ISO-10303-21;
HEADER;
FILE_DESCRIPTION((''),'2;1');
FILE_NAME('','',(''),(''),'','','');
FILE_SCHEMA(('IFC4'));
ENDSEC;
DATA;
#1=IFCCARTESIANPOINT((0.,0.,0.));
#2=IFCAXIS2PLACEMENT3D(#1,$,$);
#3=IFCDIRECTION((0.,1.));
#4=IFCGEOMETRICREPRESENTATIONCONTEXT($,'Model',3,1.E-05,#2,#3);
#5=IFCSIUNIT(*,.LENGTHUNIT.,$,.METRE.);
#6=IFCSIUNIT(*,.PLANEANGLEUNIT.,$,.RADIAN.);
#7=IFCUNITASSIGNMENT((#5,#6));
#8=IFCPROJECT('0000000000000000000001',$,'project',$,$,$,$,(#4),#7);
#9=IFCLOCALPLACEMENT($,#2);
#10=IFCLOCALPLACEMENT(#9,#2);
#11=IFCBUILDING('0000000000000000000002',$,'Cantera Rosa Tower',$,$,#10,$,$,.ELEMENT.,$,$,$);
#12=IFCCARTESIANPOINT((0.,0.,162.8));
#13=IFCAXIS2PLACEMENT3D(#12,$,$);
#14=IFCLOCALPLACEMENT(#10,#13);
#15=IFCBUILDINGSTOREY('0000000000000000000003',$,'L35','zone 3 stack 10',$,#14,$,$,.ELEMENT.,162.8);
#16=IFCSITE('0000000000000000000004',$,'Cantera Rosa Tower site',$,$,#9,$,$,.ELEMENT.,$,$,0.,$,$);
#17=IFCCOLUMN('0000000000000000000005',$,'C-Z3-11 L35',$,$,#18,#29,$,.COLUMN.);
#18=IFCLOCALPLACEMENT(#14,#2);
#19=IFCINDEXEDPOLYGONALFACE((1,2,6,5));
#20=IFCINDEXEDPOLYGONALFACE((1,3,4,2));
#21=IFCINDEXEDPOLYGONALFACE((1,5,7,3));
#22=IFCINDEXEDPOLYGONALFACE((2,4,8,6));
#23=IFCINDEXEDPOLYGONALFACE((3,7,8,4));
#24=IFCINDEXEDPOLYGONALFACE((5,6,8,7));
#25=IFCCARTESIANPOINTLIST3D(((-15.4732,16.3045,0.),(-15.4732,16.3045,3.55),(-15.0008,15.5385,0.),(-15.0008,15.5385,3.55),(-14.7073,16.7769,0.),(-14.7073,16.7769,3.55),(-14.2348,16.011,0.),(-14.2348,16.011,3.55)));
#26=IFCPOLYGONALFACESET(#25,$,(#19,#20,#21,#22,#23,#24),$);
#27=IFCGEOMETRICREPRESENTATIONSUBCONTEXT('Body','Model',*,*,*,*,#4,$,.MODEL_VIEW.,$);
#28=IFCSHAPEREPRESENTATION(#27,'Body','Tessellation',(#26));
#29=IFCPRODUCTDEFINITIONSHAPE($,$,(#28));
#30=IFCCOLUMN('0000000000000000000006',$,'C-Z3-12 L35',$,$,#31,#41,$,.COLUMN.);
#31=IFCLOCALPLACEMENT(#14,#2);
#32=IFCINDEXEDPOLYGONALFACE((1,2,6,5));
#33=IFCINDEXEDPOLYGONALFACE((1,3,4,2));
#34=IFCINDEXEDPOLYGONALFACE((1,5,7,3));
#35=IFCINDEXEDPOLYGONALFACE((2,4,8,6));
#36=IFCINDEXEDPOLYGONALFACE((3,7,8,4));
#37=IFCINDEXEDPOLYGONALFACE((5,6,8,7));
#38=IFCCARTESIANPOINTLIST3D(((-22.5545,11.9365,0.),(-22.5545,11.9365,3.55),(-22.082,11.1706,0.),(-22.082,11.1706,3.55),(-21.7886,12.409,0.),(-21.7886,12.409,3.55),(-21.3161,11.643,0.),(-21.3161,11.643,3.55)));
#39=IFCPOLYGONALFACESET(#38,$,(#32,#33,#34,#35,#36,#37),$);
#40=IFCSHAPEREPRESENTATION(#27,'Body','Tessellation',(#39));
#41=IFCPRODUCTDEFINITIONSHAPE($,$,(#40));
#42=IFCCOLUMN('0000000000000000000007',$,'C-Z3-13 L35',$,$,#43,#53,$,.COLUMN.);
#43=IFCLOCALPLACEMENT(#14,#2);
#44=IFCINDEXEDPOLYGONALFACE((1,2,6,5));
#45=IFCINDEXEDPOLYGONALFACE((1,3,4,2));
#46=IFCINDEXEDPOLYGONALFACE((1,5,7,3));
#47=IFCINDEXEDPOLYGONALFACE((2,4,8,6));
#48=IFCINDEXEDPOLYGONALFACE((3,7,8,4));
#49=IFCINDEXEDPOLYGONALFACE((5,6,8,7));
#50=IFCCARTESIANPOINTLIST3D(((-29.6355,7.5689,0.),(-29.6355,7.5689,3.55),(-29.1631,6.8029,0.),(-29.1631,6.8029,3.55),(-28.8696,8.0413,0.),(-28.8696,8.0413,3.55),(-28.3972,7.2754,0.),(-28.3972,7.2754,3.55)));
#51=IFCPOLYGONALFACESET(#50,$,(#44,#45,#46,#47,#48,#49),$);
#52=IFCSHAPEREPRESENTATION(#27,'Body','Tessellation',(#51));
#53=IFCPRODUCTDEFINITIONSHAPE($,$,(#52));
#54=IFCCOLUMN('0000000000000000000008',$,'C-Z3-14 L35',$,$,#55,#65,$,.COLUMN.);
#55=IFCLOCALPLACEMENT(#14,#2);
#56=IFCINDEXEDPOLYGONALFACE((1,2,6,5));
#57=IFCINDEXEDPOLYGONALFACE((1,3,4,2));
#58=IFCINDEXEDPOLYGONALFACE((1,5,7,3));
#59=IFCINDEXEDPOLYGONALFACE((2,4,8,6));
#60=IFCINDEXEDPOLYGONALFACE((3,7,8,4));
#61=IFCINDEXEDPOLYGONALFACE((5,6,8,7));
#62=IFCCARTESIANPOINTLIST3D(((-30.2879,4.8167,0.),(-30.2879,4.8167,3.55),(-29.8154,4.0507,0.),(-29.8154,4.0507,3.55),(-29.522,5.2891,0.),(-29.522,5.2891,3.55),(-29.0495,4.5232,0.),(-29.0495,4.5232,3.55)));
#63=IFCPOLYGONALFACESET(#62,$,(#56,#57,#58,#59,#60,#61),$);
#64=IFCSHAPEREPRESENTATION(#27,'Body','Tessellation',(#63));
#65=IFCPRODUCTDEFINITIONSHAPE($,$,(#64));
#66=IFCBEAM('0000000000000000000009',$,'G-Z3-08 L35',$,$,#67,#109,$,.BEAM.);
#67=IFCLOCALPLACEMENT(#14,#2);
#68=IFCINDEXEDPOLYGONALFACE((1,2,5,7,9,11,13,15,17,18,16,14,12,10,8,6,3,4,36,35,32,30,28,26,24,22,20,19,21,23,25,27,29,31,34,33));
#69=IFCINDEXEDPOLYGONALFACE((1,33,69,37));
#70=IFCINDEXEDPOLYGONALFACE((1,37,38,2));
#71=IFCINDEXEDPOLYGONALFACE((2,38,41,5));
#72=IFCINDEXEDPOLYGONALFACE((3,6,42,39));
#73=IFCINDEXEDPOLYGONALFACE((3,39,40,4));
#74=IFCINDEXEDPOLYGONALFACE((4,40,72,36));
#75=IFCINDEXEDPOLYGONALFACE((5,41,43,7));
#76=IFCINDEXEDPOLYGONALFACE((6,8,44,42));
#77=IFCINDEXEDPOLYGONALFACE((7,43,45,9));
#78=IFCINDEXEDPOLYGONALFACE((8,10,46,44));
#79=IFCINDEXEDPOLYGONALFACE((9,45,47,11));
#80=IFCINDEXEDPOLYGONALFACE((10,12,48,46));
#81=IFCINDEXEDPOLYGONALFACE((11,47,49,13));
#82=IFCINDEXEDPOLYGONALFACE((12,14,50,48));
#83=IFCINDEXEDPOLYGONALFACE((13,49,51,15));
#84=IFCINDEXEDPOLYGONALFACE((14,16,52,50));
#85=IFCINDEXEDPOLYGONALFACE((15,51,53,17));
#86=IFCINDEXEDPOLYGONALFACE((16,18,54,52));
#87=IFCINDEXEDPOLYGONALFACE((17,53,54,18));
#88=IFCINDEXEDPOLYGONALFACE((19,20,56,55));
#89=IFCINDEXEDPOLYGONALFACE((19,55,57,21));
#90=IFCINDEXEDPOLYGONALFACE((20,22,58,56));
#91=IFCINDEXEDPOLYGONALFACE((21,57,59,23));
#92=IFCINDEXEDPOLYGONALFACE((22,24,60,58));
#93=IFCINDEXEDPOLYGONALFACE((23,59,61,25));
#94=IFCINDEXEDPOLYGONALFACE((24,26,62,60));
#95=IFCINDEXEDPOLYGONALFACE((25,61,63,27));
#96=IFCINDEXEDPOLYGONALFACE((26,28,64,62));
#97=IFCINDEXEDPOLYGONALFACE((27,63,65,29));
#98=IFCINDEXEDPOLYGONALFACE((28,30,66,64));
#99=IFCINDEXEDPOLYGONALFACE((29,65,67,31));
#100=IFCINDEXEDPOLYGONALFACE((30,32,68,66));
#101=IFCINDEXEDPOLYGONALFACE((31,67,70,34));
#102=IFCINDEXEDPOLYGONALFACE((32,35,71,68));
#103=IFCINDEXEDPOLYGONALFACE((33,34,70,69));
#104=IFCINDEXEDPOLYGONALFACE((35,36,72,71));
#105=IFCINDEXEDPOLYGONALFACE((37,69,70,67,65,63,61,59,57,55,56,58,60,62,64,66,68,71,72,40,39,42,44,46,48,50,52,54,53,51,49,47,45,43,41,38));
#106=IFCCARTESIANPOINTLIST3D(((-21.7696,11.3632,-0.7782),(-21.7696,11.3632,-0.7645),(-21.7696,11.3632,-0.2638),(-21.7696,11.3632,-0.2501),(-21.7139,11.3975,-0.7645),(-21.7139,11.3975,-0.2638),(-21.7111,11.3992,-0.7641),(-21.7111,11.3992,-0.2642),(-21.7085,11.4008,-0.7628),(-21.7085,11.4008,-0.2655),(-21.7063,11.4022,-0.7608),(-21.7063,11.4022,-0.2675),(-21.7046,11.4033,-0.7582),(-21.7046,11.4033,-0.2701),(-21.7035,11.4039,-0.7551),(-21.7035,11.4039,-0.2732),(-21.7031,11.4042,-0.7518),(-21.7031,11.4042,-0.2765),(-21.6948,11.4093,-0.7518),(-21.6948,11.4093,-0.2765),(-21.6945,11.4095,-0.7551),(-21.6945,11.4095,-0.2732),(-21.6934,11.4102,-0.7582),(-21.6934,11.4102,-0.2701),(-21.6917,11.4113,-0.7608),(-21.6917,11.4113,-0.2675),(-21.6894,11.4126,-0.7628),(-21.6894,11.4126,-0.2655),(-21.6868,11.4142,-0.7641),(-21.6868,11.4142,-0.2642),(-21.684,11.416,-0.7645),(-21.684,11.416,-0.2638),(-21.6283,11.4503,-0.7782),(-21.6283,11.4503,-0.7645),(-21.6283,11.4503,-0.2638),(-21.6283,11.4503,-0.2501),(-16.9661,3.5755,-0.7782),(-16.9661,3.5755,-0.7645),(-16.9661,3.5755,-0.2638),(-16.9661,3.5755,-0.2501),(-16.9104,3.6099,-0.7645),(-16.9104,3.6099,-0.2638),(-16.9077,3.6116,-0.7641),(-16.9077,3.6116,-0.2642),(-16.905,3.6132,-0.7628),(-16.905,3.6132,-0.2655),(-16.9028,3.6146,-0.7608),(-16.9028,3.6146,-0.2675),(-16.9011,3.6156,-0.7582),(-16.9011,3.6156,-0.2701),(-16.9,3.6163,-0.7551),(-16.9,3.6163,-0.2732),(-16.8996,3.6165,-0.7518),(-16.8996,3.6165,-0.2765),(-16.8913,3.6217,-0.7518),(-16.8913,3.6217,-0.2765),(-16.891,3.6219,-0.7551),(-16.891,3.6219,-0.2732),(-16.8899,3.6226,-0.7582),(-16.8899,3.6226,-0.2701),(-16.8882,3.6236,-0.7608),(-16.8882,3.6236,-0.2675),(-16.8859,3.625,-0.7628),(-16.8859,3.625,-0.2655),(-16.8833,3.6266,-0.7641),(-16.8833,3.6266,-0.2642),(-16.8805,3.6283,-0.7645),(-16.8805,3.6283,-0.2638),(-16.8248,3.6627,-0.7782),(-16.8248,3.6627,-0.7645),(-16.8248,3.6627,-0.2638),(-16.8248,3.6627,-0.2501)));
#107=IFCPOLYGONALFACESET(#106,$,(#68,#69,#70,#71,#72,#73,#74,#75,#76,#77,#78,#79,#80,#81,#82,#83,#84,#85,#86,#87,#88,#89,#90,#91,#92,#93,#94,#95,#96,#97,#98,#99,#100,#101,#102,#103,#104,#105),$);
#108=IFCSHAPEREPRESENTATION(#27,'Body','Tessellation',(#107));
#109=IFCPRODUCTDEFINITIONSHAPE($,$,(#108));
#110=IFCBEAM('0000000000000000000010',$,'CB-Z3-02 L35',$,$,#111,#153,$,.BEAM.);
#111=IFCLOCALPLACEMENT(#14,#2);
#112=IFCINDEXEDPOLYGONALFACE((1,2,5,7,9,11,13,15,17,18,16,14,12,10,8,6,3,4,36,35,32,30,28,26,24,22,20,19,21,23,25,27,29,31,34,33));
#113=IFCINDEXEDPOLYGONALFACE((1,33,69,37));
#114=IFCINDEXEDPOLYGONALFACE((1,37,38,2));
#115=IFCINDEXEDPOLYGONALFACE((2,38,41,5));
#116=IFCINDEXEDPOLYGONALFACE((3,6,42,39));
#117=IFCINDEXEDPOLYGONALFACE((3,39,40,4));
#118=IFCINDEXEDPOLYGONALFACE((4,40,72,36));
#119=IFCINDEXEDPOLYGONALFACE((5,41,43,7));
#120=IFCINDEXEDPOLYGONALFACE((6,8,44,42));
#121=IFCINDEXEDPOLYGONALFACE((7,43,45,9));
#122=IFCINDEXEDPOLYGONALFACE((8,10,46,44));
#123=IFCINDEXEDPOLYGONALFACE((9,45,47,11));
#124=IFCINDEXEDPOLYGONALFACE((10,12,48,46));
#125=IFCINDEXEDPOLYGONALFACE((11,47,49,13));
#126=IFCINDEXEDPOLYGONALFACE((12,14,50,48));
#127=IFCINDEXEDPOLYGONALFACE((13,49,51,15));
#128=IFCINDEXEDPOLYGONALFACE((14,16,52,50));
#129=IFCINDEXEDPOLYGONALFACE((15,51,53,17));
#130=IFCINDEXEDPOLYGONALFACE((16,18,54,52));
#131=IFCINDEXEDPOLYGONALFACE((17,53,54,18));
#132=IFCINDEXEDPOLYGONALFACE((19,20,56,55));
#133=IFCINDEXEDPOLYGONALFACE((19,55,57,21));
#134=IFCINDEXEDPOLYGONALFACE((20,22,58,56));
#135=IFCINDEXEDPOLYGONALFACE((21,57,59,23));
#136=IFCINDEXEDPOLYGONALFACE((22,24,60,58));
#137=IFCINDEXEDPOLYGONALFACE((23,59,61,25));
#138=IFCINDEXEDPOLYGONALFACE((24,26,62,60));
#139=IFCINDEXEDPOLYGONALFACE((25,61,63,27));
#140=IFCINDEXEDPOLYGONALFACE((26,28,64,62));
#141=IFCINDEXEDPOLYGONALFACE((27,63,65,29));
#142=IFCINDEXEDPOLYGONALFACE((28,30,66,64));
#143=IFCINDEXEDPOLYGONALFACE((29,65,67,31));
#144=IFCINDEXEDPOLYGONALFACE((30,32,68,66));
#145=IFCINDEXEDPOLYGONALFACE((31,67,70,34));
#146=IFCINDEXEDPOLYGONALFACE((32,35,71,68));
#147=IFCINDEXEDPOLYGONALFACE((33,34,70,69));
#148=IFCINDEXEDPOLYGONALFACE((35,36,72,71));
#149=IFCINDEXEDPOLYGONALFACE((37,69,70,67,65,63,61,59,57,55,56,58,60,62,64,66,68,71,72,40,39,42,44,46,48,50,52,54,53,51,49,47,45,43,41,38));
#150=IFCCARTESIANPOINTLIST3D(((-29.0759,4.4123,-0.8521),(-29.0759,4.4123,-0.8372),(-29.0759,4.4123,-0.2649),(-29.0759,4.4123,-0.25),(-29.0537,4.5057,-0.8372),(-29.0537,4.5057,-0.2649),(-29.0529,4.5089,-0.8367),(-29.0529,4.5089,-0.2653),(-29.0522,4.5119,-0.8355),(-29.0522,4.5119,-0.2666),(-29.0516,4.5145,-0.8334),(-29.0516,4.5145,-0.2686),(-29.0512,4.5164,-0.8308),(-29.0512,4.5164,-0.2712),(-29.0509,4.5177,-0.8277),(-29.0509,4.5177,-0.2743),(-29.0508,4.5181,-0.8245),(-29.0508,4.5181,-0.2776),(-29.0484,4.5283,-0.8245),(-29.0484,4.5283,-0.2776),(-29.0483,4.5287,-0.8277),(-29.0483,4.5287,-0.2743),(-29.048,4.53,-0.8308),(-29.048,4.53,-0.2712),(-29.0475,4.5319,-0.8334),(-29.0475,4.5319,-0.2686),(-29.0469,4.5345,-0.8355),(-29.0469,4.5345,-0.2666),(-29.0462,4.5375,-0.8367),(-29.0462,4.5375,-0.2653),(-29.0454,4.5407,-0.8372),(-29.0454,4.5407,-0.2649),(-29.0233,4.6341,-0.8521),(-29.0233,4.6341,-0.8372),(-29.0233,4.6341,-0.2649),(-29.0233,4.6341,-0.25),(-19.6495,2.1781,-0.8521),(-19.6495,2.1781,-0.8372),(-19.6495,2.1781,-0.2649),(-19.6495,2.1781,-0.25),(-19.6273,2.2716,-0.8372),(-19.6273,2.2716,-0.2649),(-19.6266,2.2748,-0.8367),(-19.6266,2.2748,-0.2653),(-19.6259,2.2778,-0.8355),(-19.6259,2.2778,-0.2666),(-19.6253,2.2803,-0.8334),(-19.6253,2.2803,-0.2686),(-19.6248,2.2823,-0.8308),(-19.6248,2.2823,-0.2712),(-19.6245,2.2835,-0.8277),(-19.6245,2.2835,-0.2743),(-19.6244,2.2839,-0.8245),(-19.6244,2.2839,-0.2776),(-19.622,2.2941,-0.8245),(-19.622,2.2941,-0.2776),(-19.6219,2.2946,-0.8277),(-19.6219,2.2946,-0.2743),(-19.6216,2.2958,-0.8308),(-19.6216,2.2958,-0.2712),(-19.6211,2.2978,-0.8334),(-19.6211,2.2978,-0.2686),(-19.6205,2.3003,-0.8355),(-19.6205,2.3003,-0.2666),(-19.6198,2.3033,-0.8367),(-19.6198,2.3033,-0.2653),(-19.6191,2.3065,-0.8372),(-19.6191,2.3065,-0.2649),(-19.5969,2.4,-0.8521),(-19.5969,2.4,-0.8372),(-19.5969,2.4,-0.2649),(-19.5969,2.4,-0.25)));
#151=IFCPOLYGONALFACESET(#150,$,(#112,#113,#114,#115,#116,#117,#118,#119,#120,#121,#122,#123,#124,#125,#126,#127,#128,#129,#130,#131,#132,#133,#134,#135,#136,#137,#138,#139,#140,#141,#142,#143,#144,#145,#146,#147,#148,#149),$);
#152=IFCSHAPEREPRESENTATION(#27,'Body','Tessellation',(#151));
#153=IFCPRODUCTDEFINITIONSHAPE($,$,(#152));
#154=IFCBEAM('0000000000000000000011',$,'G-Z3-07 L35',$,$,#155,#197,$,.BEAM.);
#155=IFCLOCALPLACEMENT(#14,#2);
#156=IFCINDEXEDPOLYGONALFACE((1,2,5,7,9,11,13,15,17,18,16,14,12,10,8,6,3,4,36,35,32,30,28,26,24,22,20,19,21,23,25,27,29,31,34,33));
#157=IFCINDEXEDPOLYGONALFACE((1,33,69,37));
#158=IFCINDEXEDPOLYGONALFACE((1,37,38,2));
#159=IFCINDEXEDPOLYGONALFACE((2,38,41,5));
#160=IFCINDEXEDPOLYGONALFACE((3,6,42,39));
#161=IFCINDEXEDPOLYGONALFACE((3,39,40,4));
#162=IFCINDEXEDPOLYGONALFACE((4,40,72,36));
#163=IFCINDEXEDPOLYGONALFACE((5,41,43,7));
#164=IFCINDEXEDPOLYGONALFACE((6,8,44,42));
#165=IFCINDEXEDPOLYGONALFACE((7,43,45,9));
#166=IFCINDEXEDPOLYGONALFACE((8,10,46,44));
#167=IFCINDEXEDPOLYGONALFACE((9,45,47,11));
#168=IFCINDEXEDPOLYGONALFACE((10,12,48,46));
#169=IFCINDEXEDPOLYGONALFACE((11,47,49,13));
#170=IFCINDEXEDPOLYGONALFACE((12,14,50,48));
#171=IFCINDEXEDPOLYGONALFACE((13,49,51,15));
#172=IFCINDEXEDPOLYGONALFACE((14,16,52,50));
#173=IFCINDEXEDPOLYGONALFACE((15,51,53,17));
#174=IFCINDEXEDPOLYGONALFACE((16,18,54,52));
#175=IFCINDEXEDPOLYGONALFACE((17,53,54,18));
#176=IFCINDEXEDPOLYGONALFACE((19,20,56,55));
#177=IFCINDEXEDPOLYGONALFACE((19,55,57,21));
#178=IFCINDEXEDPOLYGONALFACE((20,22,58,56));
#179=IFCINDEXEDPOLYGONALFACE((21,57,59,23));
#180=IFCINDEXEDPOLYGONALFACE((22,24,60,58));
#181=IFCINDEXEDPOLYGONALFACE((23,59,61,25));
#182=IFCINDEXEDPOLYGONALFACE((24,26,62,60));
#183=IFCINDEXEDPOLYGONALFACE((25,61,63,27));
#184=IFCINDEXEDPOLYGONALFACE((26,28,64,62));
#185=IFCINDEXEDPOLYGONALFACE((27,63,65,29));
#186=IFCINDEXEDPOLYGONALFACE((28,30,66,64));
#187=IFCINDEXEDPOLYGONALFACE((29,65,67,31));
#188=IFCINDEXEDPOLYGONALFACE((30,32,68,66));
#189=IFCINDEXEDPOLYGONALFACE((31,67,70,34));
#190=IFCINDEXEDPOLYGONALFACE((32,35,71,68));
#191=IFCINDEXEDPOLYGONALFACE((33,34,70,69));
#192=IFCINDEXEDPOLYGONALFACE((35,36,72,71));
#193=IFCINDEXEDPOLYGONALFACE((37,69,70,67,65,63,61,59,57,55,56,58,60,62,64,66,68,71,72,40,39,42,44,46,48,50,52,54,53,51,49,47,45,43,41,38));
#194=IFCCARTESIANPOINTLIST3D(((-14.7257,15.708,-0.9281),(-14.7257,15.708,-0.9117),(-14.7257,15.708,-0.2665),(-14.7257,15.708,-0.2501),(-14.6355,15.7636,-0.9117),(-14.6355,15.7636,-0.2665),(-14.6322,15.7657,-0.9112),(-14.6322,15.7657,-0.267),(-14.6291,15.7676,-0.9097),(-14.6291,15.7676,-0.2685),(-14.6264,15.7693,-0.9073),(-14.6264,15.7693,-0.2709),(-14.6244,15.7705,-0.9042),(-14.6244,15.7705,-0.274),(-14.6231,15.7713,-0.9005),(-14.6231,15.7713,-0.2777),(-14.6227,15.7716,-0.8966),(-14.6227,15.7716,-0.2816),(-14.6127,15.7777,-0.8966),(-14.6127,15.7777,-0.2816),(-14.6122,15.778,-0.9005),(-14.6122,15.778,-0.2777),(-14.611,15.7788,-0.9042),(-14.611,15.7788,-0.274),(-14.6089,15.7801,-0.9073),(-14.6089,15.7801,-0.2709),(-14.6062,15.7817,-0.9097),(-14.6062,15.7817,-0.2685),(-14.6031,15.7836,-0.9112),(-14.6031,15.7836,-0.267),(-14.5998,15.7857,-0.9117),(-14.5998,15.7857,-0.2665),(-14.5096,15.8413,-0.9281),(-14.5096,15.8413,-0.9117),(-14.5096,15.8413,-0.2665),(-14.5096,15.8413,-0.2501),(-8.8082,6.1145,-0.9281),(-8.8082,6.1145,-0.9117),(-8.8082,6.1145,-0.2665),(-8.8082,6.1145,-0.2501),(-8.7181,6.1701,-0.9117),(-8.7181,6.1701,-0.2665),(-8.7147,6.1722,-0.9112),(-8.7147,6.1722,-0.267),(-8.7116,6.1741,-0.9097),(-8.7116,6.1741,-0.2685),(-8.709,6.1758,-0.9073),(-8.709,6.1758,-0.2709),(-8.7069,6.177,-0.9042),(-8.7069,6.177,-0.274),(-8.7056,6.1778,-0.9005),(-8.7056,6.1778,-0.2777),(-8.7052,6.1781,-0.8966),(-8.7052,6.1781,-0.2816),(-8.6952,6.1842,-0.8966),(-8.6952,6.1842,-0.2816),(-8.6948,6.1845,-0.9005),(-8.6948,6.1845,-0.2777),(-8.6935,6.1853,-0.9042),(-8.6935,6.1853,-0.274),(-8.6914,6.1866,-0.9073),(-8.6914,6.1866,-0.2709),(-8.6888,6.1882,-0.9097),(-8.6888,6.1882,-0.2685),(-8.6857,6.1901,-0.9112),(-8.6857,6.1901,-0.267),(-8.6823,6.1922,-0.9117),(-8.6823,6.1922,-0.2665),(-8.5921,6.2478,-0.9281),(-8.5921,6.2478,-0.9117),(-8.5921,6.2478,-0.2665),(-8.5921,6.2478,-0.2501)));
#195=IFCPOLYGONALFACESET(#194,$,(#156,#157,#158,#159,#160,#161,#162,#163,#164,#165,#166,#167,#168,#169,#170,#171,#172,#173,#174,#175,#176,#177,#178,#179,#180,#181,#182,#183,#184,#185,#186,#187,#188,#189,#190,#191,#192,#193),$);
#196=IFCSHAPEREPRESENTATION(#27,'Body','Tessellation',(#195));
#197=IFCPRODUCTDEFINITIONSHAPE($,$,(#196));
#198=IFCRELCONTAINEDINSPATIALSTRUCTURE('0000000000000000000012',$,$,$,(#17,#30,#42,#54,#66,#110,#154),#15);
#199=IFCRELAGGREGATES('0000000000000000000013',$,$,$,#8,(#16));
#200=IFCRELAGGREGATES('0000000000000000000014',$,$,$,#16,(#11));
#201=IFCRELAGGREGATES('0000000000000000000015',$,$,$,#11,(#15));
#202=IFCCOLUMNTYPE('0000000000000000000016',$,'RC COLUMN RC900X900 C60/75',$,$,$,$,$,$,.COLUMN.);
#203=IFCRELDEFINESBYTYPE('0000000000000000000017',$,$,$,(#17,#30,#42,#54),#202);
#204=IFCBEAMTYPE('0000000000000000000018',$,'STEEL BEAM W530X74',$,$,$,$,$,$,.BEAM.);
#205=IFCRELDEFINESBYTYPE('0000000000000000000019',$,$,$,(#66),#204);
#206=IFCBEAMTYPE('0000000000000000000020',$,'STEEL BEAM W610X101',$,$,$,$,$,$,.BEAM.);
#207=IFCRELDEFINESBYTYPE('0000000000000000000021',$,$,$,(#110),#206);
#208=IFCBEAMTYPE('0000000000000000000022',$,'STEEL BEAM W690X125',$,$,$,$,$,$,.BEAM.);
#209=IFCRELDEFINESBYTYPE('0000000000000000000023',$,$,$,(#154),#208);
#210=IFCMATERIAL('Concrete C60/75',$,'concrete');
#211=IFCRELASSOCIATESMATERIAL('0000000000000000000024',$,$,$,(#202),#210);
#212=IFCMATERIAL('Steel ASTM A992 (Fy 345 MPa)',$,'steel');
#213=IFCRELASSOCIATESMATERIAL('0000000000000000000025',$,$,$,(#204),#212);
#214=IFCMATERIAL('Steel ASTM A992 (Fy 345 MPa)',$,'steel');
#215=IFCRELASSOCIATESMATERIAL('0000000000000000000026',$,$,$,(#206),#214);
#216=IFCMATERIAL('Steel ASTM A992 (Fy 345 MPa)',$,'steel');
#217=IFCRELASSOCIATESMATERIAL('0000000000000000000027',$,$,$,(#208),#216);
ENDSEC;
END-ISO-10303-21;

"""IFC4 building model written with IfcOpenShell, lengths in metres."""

from ifc_helpers import new_model, si_unit, direction, frame, origin, origin_2d, place, context, subcontext, project, spatial, rectangle, i_section, extrude, material, material_profile, profile_set, type_object, element, save


model = new_model("IFC4")

# Units and contexts
model_context = context("Model", 3, precision=1e-05, world=origin(), true_north=direction((0.0, 1.0)))
body_context = subcontext(model_context, "Body", "Model", "MODEL_VIEW")
ifc_project = project(units=[si_unit("LENGTHUNIT", "METRE"), si_unit("PLANEANGLEUNIT", "RADIAN")], contexts=[model_context])

# Site, building, storey
site_placement = place(None, origin())
site = spatial("IfcSite", under=ifc_project, at=site_placement, Name="Cantera Rosa Tower site", CompositionType="ELEMENT", RefElevation=0.0)
building_placement = place(site_placement, origin())
building = spatial("IfcBuilding", under=site, at=building_placement, Name="Cantera Rosa Tower", CompositionType="ELEMENT")
storey_placement = place(building_placement, frame((0.0, 0.0, 162.8)))
storey = spatial("IfcBuildingStorey", under=building, at=storey_placement, Name="L35", Description="zone 3 stack 10", CompositionType="ELEMENT", Elevation=162.8)

# Columns
ifc_material_1 = material(Name="Concrete C60/75", Category="concrete")
ifc_material_profile_1 = material_profile(ifc_material_1, rectangle(XDim=0.8999, YDim=0.8999, at=origin_2d()), Name="RC COLUMN RC900X900 C60/75")
ifc_profile_set_1 = profile_set([ifc_material_profile_1], Name="Concrete C60/75")
column_type = type_object("IfcColumnType", Name="RC COLUMN RC900X900 C60/75", PredefinedType="COLUMN", material=ifc_profile_set_1)
for number, where, z_axis, x_axis, name in (
    (1, (-14.854, 16.1577, 0.0), (0.0, 0.0, 1.0), (0.851117, 0.524977, 0.0), "C-Z3-11 L35"),
    (2, (-21.9353, 11.7898, 0.0), (0.0, 0.0, 1.0), (0.851117, 0.524977, 0.0), "C-Z3-12 L35"),
    (3, (-29.0164, 7.4221, 0.0), (0.0, 0.0, 1.0), (0.851117, 0.524977, 0.0), "C-Z3-13 L35"),
    (4, (-29.6687, 4.6699, 0.0), (0.0, 0.0, 1.0), (0.851117, 0.524977, 0.0), "C-Z3-14 L35"),
):
    element("IfcColumn", number, at=place(storey_placement, frame(where, z_axis=z_axis, x_axis=x_axis)), inside=storey, type_object=column_type, Name=name, PredefinedType="COLUMN", context=body_context, shape_type="SweptSolid", body=[
        extrude(rectangle(XDim=0.8999, YDim=0.8999, at=origin_2d()), origin(), (0.0, 0.0, 1.0), 3.55),
    ])

# Beams
ifc_material_2 = material(Name="Steel ASTM A992 (Fy 345 MPa)", Category="steel")
ifc_material_profile_2 = material_profile(ifc_material_2, i_section(OverallWidth=0.166, OverallDepth=0.5281, WebThickness=0.0098, FlangeThickness=0.0137, FilletRadius=0.0127, at=origin_2d()), Name="W530X74")
ifc_profile_set_2 = profile_set([ifc_material_profile_2], Name="Steel ASTM A992 (Fy 345 MPa)")
beam_type_1 = type_object("IfcBeamType", Name="STEEL BEAM W530X74", PredefinedType="BEAM", material=ifc_profile_set_2)
beam_1_placement = place(storey_placement, frame((-21.699, 11.4067, -0.5142), z_axis=(0.524977, -0.851116, 0.0), x_axis=(0.851116, 0.524977, 0.0)))
element("IfcBeam", 5, at=beam_1_placement, inside=storey, type_object=beam_type_1, Name="G-Z3-08 L35", PredefinedType="BEAM", context=body_context, shape_type="SweptSolid", body=[
    extrude(i_section(OverallWidth=0.166, OverallDepth=0.5281, WebThickness=0.0098, FlangeThickness=0.0137, FilletRadius=0.0127, at=origin_2d()), origin(), (0.0, 0.0, 1.0), 9.1499),
])
ifc_material_3 = material(Name="Steel ASTM A992 (Fy 345 MPa)", Category="steel")
ifc_material_profile_3 = material_profile(ifc_material_3, i_section(OverallWidth=0.228, OverallDepth=0.6021, WebThickness=0.0105, FlangeThickness=0.0149, FilletRadius=0.0127, at=origin_2d()), Name="W610X101")
ifc_profile_set_3 = profile_set([ifc_material_profile_3], Name="Steel ASTM A992 (Fy 345 MPa)")
beam_type_2 = type_object("IfcBeamType", Name="STEEL BEAM W610X101", PredefinedType="BEAM", material=ifc_profile_set_3)
beam_2_placement = place(storey_placement, frame((-29.0496, 4.5232, -0.551), z_axis=(0.973043, -0.230622, 0.0), x_axis=(0.230622, 0.973043, 0.0)))
element("IfcBeam", 6, at=beam_2_placement, inside=storey, type_object=beam_type_2, Name="CB-Z3-02 L35", PredefinedType="BEAM", context=body_context, shape_type="SweptSolid", body=[
    extrude(i_section(OverallWidth=0.228, OverallDepth=0.6021, WebThickness=0.0105, FlangeThickness=0.0149, FilletRadius=0.0127, at=origin_2d()), origin(), (0.0, 0.0, 1.0), 9.6875),
])
ifc_material_4 = material(Name="Steel ASTM A992 (Fy 345 MPa)", Category="steel")
ifc_material_profile_4 = material_profile(ifc_material_4, i_section(OverallWidth=0.2539, OverallDepth=0.678, WebThickness=0.0117, FlangeThickness=0.0164, FilletRadius=0.0151, at=origin_2d()), Name="W690X125")
ifc_profile_set_4 = profile_set([ifc_material_profile_4], Name="Steel ASTM A992 (Fy 345 MPa)")
beam_type_3 = type_object("IfcBeamType", Name="STEEL BEAM W690X125", PredefinedType="BEAM", material=ifc_profile_set_4)
beam_3_placement = place(storey_placement, frame((-14.6177, 15.7747, -0.5891), z_axis=(0.524984, -0.851112, 0.0), x_axis=(0.851112, 0.524984, 0.0)))
element("IfcBeam", 7, at=beam_3_placement, inside=storey, type_object=beam_type_3, Name="G-Z3-07 L35", PredefinedType="BEAM", context=body_context, shape_type="SweptSolid", body=[
    extrude(i_section(OverallWidth=0.2539, OverallDepth=0.678, WebThickness=0.0117, FlangeThickness=0.0164, FilletRadius=0.0151, at=origin_2d()), origin(), (0.0, 0.0, 1.0), 11.2717),
])

save(model, "model.ifc")
